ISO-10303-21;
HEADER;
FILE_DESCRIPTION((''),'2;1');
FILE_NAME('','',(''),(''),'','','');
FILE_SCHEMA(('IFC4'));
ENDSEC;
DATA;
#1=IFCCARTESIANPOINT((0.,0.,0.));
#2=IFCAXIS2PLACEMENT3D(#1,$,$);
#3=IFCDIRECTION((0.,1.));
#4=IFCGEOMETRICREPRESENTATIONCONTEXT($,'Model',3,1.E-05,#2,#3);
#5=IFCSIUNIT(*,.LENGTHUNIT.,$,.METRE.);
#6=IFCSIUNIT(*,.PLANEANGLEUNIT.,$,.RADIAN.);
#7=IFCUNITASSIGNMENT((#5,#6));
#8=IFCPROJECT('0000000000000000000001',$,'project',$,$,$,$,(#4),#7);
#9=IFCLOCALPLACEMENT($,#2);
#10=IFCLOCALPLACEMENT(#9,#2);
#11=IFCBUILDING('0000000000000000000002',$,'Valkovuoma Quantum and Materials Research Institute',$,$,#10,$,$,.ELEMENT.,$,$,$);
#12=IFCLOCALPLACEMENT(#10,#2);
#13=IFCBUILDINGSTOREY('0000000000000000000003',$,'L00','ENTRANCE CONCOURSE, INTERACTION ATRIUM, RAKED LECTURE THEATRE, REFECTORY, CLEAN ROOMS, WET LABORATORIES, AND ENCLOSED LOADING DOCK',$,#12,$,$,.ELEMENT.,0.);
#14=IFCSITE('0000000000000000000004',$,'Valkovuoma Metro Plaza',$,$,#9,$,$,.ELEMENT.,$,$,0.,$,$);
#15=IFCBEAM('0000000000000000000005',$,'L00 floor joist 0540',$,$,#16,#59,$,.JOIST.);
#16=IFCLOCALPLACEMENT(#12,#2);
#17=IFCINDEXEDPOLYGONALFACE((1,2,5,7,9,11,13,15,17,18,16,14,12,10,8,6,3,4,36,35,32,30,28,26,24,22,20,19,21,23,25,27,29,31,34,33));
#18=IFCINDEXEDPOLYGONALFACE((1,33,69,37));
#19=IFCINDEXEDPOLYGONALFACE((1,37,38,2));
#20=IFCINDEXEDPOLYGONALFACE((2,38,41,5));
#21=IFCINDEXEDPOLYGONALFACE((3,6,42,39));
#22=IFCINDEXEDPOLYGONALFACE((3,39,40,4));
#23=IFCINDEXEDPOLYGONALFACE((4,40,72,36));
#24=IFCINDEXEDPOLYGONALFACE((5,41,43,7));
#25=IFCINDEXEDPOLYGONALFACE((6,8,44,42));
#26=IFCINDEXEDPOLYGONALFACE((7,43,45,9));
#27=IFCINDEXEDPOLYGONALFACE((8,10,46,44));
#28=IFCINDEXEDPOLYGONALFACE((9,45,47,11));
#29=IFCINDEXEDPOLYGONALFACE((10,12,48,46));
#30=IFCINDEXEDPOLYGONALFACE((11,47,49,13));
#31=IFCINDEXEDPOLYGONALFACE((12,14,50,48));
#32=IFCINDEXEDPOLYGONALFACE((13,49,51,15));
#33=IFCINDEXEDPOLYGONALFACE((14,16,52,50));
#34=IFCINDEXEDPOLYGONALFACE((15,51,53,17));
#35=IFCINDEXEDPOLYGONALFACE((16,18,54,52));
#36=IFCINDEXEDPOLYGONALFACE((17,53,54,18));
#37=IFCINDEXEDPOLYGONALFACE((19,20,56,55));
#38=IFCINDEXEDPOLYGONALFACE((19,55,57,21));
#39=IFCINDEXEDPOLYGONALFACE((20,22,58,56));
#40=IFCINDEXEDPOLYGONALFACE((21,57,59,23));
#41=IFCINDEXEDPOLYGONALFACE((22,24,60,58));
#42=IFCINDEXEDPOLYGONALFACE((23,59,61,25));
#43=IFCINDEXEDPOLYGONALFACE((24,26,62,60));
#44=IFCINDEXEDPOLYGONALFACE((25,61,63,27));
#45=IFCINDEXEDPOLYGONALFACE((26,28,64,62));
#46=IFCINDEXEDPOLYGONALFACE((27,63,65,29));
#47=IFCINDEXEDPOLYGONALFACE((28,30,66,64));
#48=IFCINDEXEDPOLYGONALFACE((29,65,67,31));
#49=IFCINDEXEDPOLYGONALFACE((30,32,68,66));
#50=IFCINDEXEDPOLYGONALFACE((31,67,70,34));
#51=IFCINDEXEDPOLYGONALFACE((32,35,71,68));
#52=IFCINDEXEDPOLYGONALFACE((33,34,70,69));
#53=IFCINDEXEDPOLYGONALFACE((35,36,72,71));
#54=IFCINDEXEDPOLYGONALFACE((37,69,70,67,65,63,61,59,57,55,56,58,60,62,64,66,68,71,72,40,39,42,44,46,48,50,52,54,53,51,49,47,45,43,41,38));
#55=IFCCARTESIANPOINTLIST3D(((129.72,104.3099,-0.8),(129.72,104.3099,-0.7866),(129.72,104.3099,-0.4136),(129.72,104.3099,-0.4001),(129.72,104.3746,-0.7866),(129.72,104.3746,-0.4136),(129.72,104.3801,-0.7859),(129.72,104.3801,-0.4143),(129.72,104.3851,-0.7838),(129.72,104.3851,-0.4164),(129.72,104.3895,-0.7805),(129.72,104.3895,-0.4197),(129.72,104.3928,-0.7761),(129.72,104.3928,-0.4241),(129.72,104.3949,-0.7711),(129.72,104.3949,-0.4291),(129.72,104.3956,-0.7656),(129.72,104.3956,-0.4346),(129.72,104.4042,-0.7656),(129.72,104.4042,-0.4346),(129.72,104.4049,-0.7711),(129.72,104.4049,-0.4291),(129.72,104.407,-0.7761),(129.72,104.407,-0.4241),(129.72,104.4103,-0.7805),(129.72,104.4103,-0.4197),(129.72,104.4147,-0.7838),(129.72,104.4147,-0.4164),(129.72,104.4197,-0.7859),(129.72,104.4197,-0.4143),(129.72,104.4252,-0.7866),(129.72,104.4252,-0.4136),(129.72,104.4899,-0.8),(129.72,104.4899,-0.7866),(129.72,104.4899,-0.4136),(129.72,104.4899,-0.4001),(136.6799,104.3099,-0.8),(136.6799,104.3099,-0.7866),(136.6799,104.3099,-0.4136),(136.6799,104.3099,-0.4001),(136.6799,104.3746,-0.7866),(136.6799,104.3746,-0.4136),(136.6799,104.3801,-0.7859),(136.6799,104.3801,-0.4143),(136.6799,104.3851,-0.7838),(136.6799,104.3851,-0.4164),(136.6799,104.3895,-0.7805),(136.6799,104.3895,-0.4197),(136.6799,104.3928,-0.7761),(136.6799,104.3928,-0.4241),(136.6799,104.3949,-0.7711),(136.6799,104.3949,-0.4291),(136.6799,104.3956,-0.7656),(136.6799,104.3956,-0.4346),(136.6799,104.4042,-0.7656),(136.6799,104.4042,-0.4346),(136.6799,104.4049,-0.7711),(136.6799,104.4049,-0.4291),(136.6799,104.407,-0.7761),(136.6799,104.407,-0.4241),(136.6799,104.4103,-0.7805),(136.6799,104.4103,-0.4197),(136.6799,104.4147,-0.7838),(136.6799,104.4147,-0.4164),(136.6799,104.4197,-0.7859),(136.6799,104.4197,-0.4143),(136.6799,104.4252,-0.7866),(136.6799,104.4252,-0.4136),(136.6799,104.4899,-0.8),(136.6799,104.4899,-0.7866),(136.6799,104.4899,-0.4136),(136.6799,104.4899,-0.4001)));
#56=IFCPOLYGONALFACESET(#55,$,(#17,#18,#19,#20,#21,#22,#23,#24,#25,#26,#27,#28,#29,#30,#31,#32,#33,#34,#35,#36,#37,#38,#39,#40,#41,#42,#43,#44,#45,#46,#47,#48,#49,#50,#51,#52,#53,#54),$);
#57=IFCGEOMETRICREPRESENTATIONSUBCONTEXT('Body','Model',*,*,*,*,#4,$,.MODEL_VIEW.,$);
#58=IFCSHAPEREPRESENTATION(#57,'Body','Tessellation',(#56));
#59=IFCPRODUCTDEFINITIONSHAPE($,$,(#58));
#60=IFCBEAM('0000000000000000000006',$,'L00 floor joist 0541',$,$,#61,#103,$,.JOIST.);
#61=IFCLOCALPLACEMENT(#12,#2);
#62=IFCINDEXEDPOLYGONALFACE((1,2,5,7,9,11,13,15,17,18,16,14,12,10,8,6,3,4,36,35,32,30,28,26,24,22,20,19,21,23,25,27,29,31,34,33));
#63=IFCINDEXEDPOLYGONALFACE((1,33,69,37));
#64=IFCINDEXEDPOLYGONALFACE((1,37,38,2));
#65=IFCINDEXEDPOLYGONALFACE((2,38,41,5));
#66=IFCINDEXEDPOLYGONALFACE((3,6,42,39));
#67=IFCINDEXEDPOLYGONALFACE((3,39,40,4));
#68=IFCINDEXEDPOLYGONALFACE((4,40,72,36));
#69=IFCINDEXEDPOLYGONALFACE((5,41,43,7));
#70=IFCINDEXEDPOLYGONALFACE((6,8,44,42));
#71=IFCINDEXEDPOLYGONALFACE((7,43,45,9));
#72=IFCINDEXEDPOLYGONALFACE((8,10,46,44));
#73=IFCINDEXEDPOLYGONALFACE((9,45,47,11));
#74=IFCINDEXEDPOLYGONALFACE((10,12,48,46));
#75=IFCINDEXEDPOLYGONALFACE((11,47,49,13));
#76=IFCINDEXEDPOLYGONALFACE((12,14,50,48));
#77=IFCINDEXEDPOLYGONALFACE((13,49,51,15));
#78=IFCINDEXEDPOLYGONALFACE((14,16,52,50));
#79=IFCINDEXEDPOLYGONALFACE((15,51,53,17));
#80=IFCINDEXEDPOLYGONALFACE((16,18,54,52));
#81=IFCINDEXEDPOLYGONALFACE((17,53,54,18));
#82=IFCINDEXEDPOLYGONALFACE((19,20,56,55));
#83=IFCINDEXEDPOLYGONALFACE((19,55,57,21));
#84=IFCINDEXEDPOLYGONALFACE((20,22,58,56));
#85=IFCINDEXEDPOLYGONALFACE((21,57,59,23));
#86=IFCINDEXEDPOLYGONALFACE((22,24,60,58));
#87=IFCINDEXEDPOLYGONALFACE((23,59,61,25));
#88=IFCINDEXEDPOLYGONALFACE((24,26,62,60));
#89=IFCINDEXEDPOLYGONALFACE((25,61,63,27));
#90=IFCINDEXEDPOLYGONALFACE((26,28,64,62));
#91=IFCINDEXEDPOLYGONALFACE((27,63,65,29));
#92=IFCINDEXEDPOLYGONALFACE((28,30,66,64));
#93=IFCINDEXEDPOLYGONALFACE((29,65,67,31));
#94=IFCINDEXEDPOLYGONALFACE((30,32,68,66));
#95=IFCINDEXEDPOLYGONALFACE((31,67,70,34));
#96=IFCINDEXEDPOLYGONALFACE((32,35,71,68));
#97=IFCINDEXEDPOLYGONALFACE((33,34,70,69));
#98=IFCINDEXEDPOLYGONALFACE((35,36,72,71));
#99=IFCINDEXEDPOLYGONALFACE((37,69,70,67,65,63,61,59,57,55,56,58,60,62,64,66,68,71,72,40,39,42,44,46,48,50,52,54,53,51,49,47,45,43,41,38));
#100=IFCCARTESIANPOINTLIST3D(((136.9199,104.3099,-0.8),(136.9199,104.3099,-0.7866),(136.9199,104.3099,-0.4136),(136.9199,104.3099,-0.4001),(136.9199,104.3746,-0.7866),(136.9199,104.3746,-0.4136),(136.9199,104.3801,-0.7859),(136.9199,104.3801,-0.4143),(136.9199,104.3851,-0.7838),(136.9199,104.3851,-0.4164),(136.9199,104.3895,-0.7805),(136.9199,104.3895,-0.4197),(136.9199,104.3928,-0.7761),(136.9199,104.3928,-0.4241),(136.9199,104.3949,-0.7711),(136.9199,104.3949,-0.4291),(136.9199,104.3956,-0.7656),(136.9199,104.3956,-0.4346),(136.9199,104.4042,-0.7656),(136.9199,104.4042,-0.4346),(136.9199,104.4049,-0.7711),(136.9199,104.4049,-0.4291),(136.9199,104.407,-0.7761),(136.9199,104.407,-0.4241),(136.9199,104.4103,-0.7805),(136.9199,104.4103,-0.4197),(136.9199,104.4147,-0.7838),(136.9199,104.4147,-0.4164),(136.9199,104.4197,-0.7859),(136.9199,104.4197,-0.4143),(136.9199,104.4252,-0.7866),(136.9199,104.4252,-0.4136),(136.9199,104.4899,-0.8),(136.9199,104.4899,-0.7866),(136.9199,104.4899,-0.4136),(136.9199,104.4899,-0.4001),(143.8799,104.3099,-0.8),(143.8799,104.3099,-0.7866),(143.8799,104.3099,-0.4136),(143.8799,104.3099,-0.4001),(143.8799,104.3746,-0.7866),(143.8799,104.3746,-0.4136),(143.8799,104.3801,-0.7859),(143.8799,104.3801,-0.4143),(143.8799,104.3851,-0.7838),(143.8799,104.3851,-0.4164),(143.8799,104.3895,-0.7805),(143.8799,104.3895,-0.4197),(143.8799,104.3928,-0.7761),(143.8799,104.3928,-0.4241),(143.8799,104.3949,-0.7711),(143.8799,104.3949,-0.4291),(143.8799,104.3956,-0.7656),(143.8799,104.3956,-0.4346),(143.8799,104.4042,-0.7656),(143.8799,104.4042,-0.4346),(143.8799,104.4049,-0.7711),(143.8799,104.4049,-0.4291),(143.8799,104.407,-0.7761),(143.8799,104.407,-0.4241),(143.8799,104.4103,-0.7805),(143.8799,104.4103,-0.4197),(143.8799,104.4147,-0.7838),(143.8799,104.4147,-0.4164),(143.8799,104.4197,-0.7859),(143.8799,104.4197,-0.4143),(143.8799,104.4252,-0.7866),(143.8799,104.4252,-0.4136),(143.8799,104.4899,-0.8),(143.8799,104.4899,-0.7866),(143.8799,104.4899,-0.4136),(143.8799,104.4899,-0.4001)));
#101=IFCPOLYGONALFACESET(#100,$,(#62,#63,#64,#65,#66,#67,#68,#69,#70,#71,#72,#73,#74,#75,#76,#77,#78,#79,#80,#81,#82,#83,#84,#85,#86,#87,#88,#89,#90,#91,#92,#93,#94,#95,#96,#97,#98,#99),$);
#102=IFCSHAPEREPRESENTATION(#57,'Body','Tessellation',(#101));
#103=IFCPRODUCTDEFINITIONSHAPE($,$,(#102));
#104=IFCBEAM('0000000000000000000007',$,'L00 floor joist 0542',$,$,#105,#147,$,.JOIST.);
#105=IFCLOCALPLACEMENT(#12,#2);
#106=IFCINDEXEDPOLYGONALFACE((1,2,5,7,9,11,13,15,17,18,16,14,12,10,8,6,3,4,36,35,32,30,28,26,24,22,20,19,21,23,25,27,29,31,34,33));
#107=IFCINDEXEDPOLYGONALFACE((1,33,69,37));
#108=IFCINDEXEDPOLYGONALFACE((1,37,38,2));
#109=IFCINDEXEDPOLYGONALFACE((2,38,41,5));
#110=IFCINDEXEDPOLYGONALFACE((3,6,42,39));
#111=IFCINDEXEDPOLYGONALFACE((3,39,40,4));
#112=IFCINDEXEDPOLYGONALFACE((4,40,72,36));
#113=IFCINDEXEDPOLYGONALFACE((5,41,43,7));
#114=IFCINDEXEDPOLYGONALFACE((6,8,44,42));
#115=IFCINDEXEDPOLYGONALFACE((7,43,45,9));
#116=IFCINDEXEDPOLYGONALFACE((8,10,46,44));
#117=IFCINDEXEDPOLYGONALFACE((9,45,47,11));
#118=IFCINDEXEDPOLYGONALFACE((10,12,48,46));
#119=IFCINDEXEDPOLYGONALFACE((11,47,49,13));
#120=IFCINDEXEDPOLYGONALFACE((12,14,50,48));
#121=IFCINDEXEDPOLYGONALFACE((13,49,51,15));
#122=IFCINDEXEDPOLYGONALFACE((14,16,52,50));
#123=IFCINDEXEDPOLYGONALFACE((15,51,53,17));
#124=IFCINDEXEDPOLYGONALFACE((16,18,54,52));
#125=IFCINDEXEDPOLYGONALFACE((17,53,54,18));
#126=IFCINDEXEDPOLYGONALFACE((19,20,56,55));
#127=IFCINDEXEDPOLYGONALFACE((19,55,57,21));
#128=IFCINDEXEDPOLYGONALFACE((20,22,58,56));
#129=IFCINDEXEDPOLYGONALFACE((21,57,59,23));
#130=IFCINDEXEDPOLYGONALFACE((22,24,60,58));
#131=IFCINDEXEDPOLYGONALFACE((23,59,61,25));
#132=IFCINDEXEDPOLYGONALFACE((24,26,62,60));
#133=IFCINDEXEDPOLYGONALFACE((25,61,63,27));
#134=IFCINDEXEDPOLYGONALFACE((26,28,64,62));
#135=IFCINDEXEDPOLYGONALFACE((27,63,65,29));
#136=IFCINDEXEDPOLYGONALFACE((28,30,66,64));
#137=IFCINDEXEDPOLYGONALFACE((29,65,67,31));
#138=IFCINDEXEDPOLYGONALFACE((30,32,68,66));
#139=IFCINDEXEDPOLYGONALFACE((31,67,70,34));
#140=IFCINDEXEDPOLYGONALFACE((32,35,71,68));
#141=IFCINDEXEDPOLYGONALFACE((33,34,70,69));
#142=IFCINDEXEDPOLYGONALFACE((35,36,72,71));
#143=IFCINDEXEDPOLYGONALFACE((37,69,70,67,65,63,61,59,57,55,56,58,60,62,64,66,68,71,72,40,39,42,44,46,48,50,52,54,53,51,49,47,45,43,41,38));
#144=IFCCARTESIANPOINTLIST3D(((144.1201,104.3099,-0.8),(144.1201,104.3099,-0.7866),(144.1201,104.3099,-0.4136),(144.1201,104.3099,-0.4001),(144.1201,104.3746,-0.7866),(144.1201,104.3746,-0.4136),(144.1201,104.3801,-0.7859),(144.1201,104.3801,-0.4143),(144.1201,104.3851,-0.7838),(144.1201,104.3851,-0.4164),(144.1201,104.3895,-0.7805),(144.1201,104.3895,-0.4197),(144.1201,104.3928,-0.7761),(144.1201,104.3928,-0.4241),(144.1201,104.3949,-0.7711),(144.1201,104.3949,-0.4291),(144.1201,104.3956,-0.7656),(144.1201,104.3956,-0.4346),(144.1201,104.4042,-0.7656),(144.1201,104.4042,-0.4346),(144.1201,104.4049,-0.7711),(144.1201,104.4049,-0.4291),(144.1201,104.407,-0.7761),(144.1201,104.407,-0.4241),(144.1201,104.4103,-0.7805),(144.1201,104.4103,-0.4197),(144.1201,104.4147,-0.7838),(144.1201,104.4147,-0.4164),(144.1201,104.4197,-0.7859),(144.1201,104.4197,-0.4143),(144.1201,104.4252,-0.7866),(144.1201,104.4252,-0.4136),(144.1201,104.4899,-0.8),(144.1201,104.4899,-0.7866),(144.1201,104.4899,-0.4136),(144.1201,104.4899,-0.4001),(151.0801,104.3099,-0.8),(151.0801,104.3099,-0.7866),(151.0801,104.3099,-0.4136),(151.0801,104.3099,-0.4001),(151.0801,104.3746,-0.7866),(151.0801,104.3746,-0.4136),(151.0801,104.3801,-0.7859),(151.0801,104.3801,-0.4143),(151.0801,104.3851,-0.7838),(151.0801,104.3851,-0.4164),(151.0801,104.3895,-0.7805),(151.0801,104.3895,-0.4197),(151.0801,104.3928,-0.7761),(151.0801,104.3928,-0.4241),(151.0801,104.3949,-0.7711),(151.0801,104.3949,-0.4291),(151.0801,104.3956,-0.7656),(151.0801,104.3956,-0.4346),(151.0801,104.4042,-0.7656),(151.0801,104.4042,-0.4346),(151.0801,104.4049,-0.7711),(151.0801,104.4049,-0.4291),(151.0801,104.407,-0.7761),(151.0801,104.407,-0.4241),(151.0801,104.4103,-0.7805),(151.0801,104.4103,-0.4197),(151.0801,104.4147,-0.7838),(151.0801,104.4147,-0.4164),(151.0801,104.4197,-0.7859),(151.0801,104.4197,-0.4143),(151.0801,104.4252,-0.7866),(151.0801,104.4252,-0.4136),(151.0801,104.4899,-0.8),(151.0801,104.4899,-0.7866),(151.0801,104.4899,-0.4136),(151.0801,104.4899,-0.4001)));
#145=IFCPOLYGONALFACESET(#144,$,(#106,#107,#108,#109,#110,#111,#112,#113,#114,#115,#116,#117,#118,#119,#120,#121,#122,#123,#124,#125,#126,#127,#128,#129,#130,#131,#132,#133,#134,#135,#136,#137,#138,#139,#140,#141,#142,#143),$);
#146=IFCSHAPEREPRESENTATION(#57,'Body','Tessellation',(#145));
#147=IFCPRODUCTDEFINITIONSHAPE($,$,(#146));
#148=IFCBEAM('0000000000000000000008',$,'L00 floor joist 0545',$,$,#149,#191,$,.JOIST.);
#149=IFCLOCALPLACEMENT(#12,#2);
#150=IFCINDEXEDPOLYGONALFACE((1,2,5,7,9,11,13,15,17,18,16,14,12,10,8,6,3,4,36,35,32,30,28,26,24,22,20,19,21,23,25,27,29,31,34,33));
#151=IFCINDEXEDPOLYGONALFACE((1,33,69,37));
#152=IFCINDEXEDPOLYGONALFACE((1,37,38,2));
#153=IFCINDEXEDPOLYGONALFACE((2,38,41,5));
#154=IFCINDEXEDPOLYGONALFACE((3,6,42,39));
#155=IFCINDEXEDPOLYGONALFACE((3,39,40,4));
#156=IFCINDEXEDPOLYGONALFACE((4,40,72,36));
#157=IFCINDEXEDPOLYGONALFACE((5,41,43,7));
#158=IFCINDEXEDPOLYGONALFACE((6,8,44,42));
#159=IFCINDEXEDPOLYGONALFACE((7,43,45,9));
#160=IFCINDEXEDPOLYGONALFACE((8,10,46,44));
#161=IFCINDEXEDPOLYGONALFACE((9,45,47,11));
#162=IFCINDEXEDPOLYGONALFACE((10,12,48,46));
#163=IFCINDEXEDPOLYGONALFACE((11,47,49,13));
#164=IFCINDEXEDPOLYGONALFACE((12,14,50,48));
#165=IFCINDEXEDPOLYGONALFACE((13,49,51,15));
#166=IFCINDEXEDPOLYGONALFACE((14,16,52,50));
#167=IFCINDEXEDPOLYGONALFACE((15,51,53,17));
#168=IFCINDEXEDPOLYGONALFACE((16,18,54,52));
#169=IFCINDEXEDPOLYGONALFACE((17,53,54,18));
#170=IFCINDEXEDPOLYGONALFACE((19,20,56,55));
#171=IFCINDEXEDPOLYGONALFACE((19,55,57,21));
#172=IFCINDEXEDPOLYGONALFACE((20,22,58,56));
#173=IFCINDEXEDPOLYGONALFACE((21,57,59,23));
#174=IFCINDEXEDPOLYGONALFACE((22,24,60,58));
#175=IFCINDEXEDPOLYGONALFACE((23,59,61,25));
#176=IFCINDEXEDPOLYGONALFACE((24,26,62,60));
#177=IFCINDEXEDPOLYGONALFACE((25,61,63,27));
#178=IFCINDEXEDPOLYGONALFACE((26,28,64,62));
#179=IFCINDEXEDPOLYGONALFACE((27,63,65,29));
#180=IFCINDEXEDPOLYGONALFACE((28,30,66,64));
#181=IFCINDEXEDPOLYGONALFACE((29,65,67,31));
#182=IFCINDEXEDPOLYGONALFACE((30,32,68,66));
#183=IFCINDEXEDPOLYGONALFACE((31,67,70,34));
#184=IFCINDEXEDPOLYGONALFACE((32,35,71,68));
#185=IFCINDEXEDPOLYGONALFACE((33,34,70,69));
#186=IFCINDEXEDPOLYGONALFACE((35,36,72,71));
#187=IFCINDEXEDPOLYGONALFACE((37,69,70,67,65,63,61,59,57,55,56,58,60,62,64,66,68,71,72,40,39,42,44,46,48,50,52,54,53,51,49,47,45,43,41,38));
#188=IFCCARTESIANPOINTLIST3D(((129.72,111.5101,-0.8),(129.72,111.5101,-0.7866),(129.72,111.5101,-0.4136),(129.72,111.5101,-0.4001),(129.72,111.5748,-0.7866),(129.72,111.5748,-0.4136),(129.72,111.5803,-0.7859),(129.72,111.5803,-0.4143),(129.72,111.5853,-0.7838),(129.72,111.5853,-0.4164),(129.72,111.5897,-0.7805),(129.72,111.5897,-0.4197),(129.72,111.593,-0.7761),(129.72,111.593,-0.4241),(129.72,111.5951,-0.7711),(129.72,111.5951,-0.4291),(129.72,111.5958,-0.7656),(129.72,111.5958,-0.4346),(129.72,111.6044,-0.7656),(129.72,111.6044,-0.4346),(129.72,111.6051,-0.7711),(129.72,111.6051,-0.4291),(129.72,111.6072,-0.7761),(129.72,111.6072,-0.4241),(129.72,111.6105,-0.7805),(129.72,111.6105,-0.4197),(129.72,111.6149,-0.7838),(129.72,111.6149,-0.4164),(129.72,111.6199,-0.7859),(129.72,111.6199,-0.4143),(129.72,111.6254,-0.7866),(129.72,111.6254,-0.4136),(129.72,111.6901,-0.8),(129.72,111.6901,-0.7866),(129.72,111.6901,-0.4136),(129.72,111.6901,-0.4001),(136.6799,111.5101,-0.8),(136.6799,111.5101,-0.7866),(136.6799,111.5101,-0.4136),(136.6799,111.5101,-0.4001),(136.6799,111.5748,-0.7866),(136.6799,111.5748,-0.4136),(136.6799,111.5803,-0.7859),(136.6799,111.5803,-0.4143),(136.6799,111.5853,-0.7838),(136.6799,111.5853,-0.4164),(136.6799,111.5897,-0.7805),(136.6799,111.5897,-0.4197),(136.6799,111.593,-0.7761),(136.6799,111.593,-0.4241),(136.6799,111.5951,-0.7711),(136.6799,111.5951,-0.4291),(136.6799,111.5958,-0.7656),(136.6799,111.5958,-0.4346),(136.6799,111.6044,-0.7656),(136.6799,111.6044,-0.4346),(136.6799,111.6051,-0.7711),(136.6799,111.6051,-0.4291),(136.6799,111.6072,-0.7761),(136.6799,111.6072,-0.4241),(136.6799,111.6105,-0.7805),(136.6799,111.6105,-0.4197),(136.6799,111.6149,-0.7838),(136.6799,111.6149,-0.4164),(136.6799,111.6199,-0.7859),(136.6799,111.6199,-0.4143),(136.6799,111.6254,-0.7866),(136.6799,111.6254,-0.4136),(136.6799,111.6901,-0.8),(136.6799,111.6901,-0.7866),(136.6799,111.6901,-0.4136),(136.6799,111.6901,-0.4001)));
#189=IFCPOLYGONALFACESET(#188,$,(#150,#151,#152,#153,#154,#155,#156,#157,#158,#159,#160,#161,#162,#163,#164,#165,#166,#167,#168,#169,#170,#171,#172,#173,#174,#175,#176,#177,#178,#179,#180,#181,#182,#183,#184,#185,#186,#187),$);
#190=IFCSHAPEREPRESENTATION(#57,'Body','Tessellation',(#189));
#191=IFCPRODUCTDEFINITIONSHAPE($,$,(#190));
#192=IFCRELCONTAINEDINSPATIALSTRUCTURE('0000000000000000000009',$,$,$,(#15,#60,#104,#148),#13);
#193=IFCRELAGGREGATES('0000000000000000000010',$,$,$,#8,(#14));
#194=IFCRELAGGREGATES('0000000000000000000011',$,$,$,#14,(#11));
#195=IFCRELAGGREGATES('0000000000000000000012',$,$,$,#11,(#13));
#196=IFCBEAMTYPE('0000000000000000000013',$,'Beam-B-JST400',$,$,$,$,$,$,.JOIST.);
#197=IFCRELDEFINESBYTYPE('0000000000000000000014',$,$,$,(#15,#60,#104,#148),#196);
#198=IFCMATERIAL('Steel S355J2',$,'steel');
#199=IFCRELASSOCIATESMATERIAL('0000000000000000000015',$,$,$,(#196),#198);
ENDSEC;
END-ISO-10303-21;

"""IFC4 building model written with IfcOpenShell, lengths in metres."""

from ifc_helpers import new_model, si_unit, direction, frame, origin, origin_2d, place, context, subcontext, project, spatial, i_section, extrude, material, material_profile, profile_set, type_object, element, save


model = new_model("IFC4")

# Units and contexts
model_context = context("Model", 3, precision=1e-05, world=origin(), true_north=direction((0.0, 1.0)))
body_context = subcontext(model_context, "Body", "Model", "MODEL_VIEW")
ifc_project = project(units=[si_unit("LENGTHUNIT", "METRE"), si_unit("PLANEANGLEUNIT", "RADIAN")], contexts=[model_context])

# Site, building, storey
site_placement = place(None, origin())
site = spatial("IfcSite", under=ifc_project, at=site_placement, Name="Valkovuoma Metro Plaza", CompositionType="ELEMENT", RefElevation=0.0)
building_placement = place(site_placement, origin())
building = spatial("IfcBuilding", under=site, at=building_placement, Name="Valkovuoma Quantum and Materials Research Institute", CompositionType="ELEMENT")
storey_placement = place(building_placement, origin())
storey = spatial("IfcBuildingStorey", under=building, at=storey_placement, Name="L00", Description="ENTRANCE CONCOURSE, INTERACTION ATRIUM, RAKED LECTURE THEATRE, REFECTORY, CLEAN ROOMS, WET LABORATORIES, AND ENCLOSED LOADING DOCK", CompositionType="ELEMENT", Elevation=0.0)

# Beams
ifc_material_1 = material(Name="Steel S355J2", Category="steel")
ifc_material_profile_1 = material_profile(ifc_material_1, i_section(OverallWidth=0.1799, OverallDepth=0.3999, WebThickness=0.0085, FlangeThickness=0.0134, FilletRadius=0.021, at=origin_2d()), Name="Steel S355J2")
ifc_profile_set_1 = profile_set([ifc_material_profile_1], Name="Steel S355J2")
beam_type_1 = type_object("IfcBeamType", Name="Beam-B-JST400", PredefinedType="JOIST", material=ifc_profile_set_1)
for number, where, z_axis, x_axis, name in (
    (1, (129.72, 104.3999, -0.6001), (1.0, 0.0, 0.0), (0.0, 1.0, 0.0), "L00 floor joist 0540"),
    (2, (136.9199, 104.3999, -0.6001), (1.0, 0.0, 0.0), (0.0, 1.0, 0.0), "L00 floor joist 0541"),
    (3, (144.1201, 104.3999, -0.6001), (1.0, 0.0, 0.0), (0.0, 1.0, 0.0), "L00 floor joist 0542"),
    (4, (129.72, 111.6001, -0.6001), (1.0, 0.0, 0.0), (0.0, 1.0, 0.0), "L00 floor joist 0545"),
):
    element("IfcBeam", number, at=place(storey_placement, frame(where, z_axis=z_axis, x_axis=x_axis)), inside=storey, type_object=beam_type_1, Name=name, PredefinedType="JOIST", context=body_context, shape_type="SweptSolid", body=[
        extrude(i_section(OverallWidth=0.1799, OverallDepth=0.3999, WebThickness=0.0085, FlangeThickness=0.0134, FilletRadius=0.021, at=origin_2d()), origin(), (0.0, 0.0, 1.0), 6.96),
    ])

save(model, "model.ifc")
